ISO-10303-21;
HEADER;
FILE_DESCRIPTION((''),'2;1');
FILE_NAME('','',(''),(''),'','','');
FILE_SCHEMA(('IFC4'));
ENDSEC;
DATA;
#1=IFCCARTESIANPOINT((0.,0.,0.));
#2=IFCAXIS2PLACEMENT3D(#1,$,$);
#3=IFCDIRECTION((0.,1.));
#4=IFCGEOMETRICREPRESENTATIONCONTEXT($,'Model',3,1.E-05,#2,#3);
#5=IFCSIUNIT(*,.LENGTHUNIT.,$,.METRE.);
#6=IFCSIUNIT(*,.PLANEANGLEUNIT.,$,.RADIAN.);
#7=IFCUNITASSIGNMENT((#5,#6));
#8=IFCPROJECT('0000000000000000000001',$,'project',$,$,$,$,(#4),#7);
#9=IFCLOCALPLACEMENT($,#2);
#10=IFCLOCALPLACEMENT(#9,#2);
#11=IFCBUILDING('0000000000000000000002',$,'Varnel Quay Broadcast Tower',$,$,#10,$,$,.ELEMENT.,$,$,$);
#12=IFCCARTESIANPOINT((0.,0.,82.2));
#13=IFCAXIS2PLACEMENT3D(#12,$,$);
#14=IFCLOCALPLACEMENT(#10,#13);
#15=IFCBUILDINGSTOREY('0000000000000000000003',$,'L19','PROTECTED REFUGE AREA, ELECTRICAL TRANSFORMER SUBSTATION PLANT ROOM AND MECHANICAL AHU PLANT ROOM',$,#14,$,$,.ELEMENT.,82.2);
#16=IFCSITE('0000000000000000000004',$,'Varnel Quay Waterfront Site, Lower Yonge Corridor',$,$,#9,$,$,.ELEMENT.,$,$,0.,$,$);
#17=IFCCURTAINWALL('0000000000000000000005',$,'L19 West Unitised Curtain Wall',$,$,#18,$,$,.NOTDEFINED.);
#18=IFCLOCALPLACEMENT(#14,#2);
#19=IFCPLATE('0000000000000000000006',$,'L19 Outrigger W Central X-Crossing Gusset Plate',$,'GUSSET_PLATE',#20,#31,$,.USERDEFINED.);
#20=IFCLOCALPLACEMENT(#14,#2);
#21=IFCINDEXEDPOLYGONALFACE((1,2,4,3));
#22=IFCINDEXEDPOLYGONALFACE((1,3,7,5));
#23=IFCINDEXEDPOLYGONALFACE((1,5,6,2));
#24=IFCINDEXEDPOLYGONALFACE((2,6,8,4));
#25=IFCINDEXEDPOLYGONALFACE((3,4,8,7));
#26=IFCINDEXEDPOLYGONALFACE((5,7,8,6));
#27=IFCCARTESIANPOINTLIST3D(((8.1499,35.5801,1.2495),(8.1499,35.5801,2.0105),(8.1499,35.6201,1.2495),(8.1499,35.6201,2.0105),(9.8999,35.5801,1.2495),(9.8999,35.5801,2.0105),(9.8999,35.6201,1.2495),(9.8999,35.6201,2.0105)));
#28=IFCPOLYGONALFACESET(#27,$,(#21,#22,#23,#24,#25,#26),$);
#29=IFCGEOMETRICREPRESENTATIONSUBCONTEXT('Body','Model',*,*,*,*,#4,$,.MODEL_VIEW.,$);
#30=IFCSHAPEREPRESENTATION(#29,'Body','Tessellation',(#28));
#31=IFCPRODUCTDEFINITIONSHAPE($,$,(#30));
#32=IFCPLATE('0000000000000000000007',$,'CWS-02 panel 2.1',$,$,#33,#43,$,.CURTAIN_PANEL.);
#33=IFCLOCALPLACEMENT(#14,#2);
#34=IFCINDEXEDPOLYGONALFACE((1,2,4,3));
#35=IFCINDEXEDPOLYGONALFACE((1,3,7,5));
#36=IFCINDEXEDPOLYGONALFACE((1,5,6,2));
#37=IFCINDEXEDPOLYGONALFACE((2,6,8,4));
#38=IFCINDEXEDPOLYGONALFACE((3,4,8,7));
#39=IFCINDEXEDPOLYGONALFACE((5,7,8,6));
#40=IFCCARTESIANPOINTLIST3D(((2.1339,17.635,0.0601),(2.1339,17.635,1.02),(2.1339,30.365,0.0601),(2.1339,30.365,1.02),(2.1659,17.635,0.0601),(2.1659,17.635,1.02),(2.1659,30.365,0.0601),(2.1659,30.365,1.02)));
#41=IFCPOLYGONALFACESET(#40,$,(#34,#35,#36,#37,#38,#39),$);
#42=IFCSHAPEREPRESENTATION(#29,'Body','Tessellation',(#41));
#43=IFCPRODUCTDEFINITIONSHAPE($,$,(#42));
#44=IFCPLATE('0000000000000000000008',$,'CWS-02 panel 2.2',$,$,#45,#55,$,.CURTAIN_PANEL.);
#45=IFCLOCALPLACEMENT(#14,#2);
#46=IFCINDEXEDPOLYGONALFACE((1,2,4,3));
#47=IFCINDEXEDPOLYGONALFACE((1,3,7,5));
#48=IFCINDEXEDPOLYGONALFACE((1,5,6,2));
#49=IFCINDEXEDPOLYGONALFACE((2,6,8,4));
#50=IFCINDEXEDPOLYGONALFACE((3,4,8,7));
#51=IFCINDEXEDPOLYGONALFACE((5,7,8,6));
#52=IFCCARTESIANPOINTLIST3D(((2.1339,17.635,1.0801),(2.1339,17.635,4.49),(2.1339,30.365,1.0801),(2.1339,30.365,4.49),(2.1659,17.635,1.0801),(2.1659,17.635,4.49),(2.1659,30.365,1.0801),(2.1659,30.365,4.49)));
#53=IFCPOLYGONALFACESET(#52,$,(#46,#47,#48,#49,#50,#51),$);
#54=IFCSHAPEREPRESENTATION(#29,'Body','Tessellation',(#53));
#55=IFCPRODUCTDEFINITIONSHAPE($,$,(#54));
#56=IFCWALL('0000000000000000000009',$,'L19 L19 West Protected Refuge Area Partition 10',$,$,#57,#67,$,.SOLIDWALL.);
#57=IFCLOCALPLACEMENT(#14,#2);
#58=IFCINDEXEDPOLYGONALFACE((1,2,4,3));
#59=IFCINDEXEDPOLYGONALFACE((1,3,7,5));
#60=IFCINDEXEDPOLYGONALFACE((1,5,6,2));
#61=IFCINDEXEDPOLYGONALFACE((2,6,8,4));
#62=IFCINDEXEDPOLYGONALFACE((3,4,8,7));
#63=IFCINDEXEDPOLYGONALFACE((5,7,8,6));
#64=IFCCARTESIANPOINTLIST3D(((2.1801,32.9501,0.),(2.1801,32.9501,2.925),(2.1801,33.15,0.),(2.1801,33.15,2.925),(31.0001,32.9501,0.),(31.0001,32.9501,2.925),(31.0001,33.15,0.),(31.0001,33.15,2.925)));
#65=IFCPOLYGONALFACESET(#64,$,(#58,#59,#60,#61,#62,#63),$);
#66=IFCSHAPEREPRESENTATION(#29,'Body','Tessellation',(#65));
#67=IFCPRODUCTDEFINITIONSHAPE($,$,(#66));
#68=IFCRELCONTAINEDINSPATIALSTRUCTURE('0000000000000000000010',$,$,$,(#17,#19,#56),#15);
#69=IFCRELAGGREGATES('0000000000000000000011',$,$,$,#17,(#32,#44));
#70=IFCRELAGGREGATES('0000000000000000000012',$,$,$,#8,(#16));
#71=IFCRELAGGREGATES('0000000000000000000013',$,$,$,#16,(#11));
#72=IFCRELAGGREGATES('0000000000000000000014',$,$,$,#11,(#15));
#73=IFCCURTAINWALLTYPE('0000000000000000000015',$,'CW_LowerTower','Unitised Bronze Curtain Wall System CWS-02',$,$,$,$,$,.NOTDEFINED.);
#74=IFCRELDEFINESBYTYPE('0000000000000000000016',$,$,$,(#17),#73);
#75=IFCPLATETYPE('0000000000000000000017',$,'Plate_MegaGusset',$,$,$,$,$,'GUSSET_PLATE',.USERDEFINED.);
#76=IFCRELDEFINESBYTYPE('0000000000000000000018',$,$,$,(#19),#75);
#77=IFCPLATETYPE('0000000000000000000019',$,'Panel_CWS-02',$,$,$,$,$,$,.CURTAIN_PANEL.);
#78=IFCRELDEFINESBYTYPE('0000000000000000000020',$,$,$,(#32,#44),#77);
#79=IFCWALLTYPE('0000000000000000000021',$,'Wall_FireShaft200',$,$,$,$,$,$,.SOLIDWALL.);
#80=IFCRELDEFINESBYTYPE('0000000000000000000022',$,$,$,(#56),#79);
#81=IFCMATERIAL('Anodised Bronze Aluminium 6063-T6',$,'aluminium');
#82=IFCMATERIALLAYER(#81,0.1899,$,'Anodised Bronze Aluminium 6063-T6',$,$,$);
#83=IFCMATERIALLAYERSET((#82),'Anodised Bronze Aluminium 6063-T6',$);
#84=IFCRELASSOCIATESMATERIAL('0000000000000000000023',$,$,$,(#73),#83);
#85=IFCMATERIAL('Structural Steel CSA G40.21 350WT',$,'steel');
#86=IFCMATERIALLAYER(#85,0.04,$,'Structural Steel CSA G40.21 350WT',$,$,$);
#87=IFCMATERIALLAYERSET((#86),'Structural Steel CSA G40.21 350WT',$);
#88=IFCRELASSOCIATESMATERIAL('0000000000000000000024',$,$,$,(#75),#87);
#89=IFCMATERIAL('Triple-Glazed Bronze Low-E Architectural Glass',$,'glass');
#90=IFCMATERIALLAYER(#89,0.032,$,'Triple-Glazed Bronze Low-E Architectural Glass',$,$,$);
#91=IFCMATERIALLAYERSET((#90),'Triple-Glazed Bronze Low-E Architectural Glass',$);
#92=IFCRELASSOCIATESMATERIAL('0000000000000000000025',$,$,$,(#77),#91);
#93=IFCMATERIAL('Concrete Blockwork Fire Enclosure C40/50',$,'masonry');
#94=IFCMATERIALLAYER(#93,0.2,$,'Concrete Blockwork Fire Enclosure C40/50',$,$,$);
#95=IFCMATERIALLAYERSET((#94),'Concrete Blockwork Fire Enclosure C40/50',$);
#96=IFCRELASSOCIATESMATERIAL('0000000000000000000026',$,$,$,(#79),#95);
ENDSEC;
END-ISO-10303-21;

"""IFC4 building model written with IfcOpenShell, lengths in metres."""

from ifc_helpers import new_model, si_unit, direction, frame, frame_2d, origin, origin_2d, place, context, subcontext, project, spatial, rectangle, extrude, source, transform, mapped, material, layer, layer_set, type_object, type_shapes, element, aggregate, save


model = new_model("IFC4")

# Units and contexts
model_context = context("Model", 3, precision=1e-05, world=origin(), true_north=direction((0.0, 1.0)))
body_context = subcontext(model_context, "Body", "Model", "MODEL_VIEW")
ifc_project = project(units=[si_unit("LENGTHUNIT", "METRE"), si_unit("PLANEANGLEUNIT", "RADIAN")], contexts=[model_context])

# Site, building, storey
site_placement = place(None, origin())
site = spatial("IfcSite", under=ifc_project, at=site_placement, Name="Varnel Quay Waterfront Site, Lower Yonge Corridor", CompositionType="ELEMENT", RefElevation=0.0)
building_placement = place(site_placement, origin())
building = spatial("IfcBuilding", under=site, at=building_placement, Name="Varnel Quay Broadcast Tower", CompositionType="ELEMENT")
storey_placement = place(building_placement, frame((0.0, 0.0, 82.2)))
storey = spatial("IfcBuildingStorey", under=building, at=storey_placement, Name="L19", Description="PROTECTED REFUGE AREA, ELECTRICAL TRANSFORMER SUBSTATION PLANT ROOM AND MECHANICAL AHU PLANT ROOM", CompositionType="ELEMENT", Elevation=82.2)

# Shared definitions
ifc_material_1 = material(Name="Structural Steel CSA G40.21 350WT", Category="steel")

# Curtain wall
ifc_material_2 = material(Name="Anodised Bronze Aluminium 6063-T6", Category="aluminium")
ifc_layer_1 = layer(ifc_material_2, 0.1899, Name="Anodised Bronze Aluminium 6063-T6")
ifc_layer_set_1 = layer_set([ifc_layer_1], Name="Anodised Bronze Aluminium 6063-T6")
curtain_wall_type = type_object("IfcCurtainWallType", Name="CW_LowerTower", Description="Unitised Bronze Curtain Wall System CWS-02", PredefinedType="NOTDEFINED", material=ifc_layer_set_1)
curtain_wall_placement = place(storey_placement, origin())
curtain_wall = element("IfcCurtainWall", 1, at=curtain_wall_placement, inside=storey, type_object=curtain_wall_type, Name="L19 West Unitised Curtain Wall", PredefinedType="NOTDEFINED")

# Plate
ifc_layer_2 = layer(ifc_material_1, 0.04, Name="Structural Steel CSA G40.21 350WT")
ifc_layer_set_2 = layer_set([ifc_layer_2], Name="Structural Steel CSA G40.21 350WT")
plate_type_1 = type_object("IfcPlateType", Name="Plate_MegaGusset", ElementType="GUSSET_PLATE", PredefinedType="USERDEFINED", material=ifc_layer_set_2)
shared_shape_1 = source(origin(), body_context, "Body", "SweptSolid", [
    extrude(rectangle(XDim=1.75, YDim=0.04, at=origin_2d()), origin(), (0.0, 0.0, 1.0), 0.761),
])
type_shapes(plate_type_1, [shared_shape_1])
plate_1_placement = place(storey_placement, frame((9.0249, 35.6001, 1.2495), z_axis=(0.0, 0.0, 1.0), x_axis=(1.0, 0.0, 0.0)))
element("IfcPlate", 2, at=plate_1_placement, inside=storey, type_object=plate_type_1, Name="L19 Outrigger W Central X-Crossing Gusset Plate", ObjectType="GUSSET_PLATE", PredefinedType="USERDEFINED", context=body_context, shape_type="MappedRepresentation", body=[
    mapped(shared_shape_1, transform((0.0, 0.0, 0.0), x_axis=(1.0, 0.0, 0.0), y_axis=(0.0, 1.0, 0.0), z_axis=(0.0, 0.0, 1.0), scale=1.0)),
])

# Plates
ifc_material_3 = material(Name="Triple-Glazed Bronze Low-E Architectural Glass", Category="glass")
ifc_layer_3 = layer(ifc_material_3, 0.032, Name="Triple-Glazed Bronze Low-E Architectural Glass")
ifc_layer_set_3 = layer_set([ifc_layer_3], Name="Triple-Glazed Bronze Low-E Architectural Glass")
plate_type_2 = type_object("IfcPlateType", Name="Panel_CWS-02", PredefinedType="CURTAIN_PANEL", material=ifc_layer_set_3)
shared_shape_2 = source(origin(), body_context, "Body", "SweptSolid", [
    extrude(rectangle(XDim=12.73, YDim=0.032, at=origin_2d()), origin(), (0.0, 0.0, 1.0), 0.96),
])
plate_2_placement = place(storey_placement, frame((2.1499, 24.0, 0.0601), z_axis=(0.0, 0.0, 1.0), x_axis=(0.0, 1.0, 0.0)))
plate_2 = element("IfcPlate", 3, at=plate_2_placement, type_object=plate_type_2, Name="CWS-02 panel 2.1", PredefinedType="CURTAIN_PANEL", context=body_context, shape_type="MappedRepresentation", body=[
    mapped(shared_shape_2, transform((0.0, 0.0, 0.0), x_axis=(1.0, 0.0, 0.0), y_axis=(0.0, 1.0, 0.0), z_axis=(0.0, 0.0, 1.0), scale=1.0)),
])
shared_shape_3 = source(origin(), body_context, "Body", "SweptSolid", [
    extrude(rectangle(XDim=12.73, YDim=0.032, at=origin_2d()), origin(), (0.0, 0.0, 1.0), 3.4099),
])
type_shapes(plate_type_2, [shared_shape_2, shared_shape_3])
plate_3_placement = place(storey_placement, frame((2.1499, 24.0, 1.0801), z_axis=(0.0, 0.0, 1.0), x_axis=(0.0, 1.0, 0.0)))
plate_3 = element("IfcPlate", 4, at=plate_3_placement, type_object=plate_type_2, Name="CWS-02 panel 2.2", PredefinedType="CURTAIN_PANEL", context=body_context, shape_type="MappedRepresentation", body=[
    mapped(shared_shape_3, transform((0.0, 0.0, 0.0), x_axis=(1.0, 0.0, 0.0), y_axis=(0.0, 1.0, 0.0), z_axis=(0.0, 0.0, 1.0), scale=1.0)),
])
aggregate(curtain_wall, [plate_2, plate_3])

# Wall
ifc_material_4 = material(Name="Concrete Blockwork Fire Enclosure C40/50", Category="masonry")
ifc_layer_4 = layer(ifc_material_4, 0.2, Name="Concrete Blockwork Fire Enclosure C40/50")
ifc_layer_set_4 = layer_set([ifc_layer_4], Name="Concrete Blockwork Fire Enclosure C40/50")
wall_type = type_object("IfcWallType", Name="Wall_FireShaft200", PredefinedType="SOLIDWALL", material=ifc_layer_set_4)
wall_placement = place(storey_placement, frame((2.1799, 33.05, 0.0), z_axis=(0.0, 0.0, 1.0), x_axis=(1.0, 0.0, 0.0)))
element("IfcWall", 5, at=wall_placement, inside=storey, type_object=wall_type, Name="L19 L19 West Protected Refuge Area Partition 10", PredefinedType="SOLIDWALL", context=body_context, shape_type="SweptSolid", body=[
    extrude(rectangle(XDim=28.8201, YDim=0.2, at=frame_2d((14.4102, 0.0))), origin(), (0.0, 0.0, 1.0), 2.925),
])

save(model, "model.ifc")
